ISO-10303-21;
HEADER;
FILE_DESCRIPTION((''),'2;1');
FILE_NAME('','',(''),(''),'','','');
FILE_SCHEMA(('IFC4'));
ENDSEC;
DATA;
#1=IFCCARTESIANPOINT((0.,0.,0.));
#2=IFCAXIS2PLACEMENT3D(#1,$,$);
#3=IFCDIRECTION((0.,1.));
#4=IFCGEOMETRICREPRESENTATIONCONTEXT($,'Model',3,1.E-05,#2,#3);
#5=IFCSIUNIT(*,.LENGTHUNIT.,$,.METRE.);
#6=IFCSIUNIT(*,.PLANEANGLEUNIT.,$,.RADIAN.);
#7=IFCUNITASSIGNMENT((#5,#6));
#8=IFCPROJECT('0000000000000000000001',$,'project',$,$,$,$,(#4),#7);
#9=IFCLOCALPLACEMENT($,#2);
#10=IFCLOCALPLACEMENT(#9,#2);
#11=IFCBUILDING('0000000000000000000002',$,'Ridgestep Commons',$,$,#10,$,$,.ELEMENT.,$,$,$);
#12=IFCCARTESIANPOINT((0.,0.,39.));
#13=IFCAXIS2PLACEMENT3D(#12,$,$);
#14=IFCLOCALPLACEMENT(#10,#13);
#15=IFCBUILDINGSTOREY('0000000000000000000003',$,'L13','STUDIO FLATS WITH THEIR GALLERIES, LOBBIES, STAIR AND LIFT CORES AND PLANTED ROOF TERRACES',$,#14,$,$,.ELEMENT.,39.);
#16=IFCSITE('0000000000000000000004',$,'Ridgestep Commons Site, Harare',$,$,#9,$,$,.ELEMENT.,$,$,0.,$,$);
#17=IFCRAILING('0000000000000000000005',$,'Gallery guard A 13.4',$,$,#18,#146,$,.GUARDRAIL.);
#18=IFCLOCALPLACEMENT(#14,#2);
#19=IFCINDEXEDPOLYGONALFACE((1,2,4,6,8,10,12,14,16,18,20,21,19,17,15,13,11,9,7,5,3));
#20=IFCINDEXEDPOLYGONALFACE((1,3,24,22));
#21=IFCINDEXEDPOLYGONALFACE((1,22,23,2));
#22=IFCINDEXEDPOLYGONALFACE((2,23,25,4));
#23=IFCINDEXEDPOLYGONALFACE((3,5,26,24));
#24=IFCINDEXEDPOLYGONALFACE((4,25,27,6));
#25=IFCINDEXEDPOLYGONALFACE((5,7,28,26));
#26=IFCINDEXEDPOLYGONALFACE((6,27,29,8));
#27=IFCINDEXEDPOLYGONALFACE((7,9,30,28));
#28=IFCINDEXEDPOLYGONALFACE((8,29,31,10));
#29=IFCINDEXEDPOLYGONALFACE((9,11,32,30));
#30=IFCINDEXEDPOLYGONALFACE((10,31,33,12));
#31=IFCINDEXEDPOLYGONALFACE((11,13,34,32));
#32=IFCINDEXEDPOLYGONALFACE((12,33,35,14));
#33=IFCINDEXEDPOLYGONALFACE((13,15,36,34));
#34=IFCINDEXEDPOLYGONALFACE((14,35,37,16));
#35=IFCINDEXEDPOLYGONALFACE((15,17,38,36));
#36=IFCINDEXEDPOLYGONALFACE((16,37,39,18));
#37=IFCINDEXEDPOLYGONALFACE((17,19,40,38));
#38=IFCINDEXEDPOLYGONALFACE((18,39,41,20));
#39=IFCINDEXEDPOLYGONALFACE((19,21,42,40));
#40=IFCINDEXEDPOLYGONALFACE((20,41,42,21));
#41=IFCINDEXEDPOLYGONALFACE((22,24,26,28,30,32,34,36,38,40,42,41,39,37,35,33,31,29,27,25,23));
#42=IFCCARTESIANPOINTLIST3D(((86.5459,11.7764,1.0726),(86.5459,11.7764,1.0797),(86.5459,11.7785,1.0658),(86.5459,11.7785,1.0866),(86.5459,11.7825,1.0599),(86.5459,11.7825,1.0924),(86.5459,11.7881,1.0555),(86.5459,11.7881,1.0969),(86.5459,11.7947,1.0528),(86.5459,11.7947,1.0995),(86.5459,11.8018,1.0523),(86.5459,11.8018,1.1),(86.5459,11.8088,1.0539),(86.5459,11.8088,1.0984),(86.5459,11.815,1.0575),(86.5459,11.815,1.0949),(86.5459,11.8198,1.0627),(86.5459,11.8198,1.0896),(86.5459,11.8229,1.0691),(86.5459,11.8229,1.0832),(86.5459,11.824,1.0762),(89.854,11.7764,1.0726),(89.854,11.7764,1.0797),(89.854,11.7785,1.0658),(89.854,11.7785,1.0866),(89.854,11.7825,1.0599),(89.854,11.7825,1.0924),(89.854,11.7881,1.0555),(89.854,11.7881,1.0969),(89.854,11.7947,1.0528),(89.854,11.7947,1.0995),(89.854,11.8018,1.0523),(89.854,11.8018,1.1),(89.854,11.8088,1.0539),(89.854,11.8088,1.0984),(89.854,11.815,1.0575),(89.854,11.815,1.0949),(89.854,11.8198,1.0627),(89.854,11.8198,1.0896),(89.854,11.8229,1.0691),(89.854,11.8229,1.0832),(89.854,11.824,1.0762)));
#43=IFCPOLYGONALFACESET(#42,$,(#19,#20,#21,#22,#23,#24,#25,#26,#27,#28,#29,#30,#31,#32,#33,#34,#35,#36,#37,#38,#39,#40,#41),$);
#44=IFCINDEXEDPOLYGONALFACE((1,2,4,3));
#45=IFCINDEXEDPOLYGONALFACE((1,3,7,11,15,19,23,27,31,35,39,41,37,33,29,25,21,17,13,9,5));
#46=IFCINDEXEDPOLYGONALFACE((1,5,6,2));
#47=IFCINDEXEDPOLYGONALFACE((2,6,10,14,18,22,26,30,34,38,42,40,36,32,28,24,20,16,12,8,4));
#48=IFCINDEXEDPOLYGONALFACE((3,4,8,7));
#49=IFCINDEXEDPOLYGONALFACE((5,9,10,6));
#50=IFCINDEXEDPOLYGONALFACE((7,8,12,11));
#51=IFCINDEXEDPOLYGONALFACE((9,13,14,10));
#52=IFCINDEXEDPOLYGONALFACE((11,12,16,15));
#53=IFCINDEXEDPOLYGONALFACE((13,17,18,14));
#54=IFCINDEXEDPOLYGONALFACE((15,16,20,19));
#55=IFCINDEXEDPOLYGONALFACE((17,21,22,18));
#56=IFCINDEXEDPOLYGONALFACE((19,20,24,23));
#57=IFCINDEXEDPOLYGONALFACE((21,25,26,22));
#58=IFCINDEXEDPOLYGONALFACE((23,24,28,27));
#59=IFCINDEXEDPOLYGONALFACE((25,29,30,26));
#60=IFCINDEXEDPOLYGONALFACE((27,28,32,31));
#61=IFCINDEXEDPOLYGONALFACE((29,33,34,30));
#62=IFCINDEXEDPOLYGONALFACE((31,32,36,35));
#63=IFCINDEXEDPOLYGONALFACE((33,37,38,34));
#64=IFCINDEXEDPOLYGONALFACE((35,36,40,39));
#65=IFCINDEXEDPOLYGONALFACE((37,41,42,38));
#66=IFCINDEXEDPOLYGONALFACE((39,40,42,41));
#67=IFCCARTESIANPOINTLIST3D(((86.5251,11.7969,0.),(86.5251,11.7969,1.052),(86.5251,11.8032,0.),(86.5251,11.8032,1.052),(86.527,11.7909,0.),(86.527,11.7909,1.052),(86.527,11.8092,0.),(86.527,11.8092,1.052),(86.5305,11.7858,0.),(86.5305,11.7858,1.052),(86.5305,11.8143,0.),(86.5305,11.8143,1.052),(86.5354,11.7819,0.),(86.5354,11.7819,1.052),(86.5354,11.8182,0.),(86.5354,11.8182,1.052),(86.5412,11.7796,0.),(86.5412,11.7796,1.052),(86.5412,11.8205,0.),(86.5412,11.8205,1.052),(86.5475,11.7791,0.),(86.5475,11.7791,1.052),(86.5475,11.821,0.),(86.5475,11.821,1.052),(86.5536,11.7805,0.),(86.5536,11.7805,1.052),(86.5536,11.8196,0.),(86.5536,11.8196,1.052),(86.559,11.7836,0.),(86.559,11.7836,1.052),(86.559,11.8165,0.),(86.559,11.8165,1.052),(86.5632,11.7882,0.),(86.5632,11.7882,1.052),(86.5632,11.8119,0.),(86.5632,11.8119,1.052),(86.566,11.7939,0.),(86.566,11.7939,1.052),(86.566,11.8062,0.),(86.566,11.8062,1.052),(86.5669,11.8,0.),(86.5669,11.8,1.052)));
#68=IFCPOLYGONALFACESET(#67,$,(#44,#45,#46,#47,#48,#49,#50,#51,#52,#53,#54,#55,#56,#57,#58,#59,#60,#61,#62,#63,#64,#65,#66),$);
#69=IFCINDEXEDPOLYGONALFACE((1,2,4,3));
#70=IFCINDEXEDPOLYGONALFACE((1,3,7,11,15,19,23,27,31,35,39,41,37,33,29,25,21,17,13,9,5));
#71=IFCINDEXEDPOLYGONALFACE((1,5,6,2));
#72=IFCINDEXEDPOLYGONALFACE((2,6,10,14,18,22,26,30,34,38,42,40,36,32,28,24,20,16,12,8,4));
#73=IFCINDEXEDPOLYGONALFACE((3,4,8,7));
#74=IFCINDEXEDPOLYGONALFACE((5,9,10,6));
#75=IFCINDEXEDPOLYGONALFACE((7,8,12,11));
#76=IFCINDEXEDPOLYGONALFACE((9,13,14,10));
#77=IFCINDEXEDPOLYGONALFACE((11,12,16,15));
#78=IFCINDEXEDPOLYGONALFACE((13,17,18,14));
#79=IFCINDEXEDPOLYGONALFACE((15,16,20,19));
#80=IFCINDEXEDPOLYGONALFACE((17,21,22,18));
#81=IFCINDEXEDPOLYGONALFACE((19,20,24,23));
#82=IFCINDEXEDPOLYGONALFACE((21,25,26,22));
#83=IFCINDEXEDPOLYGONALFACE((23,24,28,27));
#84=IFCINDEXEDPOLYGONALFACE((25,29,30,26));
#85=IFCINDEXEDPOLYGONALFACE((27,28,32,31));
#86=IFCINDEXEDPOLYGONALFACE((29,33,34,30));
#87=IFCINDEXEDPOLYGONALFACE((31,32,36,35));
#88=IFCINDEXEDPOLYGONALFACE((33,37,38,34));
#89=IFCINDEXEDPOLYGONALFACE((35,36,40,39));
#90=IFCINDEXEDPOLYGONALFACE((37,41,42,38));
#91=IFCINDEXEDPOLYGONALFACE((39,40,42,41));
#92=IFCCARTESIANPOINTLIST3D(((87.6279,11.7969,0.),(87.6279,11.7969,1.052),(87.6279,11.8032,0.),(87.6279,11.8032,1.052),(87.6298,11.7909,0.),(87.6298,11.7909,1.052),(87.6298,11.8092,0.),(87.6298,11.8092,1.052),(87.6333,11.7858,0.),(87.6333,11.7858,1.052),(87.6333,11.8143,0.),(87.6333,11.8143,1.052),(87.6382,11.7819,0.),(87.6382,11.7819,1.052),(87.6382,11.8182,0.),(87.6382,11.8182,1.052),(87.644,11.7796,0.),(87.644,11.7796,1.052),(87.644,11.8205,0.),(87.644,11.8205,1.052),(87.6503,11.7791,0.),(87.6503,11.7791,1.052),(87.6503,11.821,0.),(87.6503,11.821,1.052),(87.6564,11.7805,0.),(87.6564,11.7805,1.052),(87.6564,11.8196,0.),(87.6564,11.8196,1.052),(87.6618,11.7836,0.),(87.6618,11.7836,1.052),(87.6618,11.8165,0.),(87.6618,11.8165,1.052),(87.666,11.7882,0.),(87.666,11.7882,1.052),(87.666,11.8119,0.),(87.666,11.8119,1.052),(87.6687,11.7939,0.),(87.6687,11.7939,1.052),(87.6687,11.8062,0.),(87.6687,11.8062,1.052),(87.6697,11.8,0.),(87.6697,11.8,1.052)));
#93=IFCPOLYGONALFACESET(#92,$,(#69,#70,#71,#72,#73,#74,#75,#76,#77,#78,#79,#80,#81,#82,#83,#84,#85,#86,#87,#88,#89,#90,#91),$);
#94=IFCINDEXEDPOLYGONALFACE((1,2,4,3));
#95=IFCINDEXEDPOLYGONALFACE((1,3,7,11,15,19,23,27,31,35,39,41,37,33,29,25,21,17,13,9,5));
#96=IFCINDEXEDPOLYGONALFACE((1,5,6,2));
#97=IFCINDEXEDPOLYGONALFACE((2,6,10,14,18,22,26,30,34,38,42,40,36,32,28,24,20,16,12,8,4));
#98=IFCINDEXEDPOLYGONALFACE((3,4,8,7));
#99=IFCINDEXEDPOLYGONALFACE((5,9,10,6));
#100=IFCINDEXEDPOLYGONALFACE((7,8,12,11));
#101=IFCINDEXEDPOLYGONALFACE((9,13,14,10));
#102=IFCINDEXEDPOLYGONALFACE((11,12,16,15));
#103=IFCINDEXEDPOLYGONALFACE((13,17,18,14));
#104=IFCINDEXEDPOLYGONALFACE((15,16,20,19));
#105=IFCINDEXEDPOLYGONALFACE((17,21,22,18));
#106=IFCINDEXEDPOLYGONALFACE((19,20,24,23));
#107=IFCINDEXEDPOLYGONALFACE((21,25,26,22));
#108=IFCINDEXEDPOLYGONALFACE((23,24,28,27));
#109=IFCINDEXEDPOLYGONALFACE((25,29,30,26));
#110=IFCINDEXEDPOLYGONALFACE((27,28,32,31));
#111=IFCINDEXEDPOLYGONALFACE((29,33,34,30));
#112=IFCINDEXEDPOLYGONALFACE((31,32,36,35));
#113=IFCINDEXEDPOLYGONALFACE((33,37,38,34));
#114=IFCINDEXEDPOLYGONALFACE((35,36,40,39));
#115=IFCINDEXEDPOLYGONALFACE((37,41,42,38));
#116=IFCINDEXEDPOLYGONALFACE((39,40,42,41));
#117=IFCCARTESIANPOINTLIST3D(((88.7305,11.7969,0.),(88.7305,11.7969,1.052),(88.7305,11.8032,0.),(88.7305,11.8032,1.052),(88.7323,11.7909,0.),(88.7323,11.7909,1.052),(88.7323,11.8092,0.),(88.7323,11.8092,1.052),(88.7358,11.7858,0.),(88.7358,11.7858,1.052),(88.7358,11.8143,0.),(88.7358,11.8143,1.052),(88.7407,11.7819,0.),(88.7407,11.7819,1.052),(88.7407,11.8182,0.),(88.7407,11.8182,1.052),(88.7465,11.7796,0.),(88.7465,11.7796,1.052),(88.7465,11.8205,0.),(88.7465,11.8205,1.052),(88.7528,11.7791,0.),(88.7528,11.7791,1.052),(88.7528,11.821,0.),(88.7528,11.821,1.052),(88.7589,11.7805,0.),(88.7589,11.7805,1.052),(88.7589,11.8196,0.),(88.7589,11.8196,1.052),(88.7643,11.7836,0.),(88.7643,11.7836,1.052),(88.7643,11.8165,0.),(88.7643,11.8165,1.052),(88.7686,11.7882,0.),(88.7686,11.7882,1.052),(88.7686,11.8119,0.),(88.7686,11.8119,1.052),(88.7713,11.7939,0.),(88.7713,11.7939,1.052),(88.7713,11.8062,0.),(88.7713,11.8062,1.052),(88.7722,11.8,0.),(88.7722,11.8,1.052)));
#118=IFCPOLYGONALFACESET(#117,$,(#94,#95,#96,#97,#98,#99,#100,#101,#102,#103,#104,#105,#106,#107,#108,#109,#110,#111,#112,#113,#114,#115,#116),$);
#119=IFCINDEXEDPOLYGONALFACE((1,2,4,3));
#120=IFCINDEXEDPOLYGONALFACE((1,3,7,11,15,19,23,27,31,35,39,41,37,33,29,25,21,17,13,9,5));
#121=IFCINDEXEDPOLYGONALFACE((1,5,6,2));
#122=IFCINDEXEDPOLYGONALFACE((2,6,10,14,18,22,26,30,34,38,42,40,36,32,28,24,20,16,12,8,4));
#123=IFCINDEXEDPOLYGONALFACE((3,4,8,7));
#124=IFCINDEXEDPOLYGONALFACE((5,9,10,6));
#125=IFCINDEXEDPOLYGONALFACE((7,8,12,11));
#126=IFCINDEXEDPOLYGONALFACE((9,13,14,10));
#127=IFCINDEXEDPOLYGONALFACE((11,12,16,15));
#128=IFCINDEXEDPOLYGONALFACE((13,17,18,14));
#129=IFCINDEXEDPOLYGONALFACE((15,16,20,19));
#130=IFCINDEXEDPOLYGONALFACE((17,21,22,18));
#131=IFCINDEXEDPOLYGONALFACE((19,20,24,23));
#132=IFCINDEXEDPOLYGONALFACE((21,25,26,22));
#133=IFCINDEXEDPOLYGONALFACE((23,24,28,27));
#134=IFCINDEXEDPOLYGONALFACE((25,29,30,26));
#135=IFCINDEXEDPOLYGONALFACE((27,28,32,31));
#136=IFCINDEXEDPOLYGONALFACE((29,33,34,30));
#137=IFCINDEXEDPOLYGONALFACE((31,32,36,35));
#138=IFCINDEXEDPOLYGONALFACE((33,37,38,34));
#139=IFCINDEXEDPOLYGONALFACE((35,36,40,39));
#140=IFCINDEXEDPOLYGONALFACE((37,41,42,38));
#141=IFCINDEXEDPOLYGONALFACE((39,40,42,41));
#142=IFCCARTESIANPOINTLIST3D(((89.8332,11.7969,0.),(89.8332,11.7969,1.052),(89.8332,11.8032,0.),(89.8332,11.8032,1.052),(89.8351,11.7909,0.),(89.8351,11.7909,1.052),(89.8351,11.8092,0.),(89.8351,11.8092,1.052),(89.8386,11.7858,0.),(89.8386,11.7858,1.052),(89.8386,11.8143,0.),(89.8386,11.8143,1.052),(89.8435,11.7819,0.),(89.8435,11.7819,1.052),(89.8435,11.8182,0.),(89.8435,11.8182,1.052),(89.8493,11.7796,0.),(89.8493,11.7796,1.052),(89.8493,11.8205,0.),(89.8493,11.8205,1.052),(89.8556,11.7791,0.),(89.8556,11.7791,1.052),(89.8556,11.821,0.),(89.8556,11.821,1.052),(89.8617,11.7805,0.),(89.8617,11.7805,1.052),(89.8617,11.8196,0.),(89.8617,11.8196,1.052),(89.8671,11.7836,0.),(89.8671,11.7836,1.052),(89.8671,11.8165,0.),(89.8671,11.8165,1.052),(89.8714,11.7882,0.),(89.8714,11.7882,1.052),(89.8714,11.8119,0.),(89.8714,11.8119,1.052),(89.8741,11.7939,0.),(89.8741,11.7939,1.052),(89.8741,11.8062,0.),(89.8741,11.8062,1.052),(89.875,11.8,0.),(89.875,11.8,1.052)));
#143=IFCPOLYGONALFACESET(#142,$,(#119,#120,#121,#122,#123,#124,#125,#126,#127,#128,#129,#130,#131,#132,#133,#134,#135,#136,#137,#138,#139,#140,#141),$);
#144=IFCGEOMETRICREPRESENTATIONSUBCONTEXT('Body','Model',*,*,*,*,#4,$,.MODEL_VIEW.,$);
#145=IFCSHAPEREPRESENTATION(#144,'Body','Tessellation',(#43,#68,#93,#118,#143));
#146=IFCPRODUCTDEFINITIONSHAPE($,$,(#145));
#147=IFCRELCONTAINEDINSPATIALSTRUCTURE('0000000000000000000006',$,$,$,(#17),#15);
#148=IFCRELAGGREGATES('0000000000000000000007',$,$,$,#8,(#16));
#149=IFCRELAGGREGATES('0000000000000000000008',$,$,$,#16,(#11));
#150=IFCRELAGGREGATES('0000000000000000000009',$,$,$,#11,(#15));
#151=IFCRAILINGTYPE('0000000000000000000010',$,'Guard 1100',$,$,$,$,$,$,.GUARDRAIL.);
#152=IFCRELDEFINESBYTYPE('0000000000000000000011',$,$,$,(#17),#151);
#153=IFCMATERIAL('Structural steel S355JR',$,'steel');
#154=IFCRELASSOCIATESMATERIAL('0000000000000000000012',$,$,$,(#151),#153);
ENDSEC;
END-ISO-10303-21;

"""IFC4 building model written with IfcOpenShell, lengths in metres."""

from ifc_helpers import new_model, si_unit, direction, frame, origin, origin_2d, place, context, subcontext, project, spatial, circle, extrude, material, type_object, element, save


model = new_model("IFC4")

# Units and contexts
model_context = context("Model", 3, precision=1e-05, world=origin(), true_north=direction((0.0, 1.0)))
body_context = subcontext(model_context, "Body", "Model", "MODEL_VIEW")
ifc_project = project(units=[si_unit("LENGTHUNIT", "METRE"), si_unit("PLANEANGLEUNIT", "RADIAN")], contexts=[model_context])

# Site, building, storey
site_placement = place(None, origin())
site = spatial("IfcSite", under=ifc_project, at=site_placement, Name="Ridgestep Commons Site, Harare", CompositionType="ELEMENT", RefElevation=0.0)
building_placement = place(site_placement, origin())
building = spatial("IfcBuilding", under=site, at=building_placement, Name="Ridgestep Commons", CompositionType="ELEMENT")
storey_placement = place(building_placement, frame((0.0, 0.0, 39.0)))
storey = spatial("IfcBuildingStorey", under=building, at=storey_placement, Name="L13", Description="STUDIO FLATS WITH THEIR GALLERIES, LOBBIES, STAIR AND LIFT CORES AND PLANTED ROOF TERRACES", CompositionType="ELEMENT", Elevation=39.0)

# Railing
ifc_material_1 = material(Name="Structural steel S355JR", Category="steel")
railing_type_1 = type_object("IfcRailingType", Name="Guard 1100", PredefinedType="GUARDRAIL", material=ifc_material_1)
railing_1_placement = place(storey_placement, frame((86.5459, 11.8, 0.0)))
element("IfcRailing", 1, at=railing_1_placement, inside=storey, type_object=railing_type_1, Name="Gallery guard A 13.4", PredefinedType="GUARDRAIL", context=body_context, shape_type="SweptSolid", body=[
    extrude(circle(Radius=0.0239, at=origin_2d()), frame((0.0, 0.0, 1.0762), z_axis=(1.0, 0.0, 0.0), x_axis=(0.0, 1.0, 0.0)), (0.0, 0.0, 1.0), 3.3081),
    extrude(circle(Radius=0.021, at=origin_2d()), origin(), (0.0, 0.0, 1.0), 1.052),
    extrude(circle(Radius=0.021, at=origin_2d()), frame((1.1028, 0.0, 0.0)), (0.0, 0.0, 1.0), 1.052),
    extrude(circle(Radius=0.021, at=origin_2d()), frame((2.2053, 0.0, 0.0)), (0.0, 0.0, 1.0), 1.052),
    extrude(circle(Radius=0.021, at=origin_2d()), frame((3.3081, 0.0, 0.0)), (0.0, 0.0, 1.0), 1.052),
])

save(model, "model.ifc")
